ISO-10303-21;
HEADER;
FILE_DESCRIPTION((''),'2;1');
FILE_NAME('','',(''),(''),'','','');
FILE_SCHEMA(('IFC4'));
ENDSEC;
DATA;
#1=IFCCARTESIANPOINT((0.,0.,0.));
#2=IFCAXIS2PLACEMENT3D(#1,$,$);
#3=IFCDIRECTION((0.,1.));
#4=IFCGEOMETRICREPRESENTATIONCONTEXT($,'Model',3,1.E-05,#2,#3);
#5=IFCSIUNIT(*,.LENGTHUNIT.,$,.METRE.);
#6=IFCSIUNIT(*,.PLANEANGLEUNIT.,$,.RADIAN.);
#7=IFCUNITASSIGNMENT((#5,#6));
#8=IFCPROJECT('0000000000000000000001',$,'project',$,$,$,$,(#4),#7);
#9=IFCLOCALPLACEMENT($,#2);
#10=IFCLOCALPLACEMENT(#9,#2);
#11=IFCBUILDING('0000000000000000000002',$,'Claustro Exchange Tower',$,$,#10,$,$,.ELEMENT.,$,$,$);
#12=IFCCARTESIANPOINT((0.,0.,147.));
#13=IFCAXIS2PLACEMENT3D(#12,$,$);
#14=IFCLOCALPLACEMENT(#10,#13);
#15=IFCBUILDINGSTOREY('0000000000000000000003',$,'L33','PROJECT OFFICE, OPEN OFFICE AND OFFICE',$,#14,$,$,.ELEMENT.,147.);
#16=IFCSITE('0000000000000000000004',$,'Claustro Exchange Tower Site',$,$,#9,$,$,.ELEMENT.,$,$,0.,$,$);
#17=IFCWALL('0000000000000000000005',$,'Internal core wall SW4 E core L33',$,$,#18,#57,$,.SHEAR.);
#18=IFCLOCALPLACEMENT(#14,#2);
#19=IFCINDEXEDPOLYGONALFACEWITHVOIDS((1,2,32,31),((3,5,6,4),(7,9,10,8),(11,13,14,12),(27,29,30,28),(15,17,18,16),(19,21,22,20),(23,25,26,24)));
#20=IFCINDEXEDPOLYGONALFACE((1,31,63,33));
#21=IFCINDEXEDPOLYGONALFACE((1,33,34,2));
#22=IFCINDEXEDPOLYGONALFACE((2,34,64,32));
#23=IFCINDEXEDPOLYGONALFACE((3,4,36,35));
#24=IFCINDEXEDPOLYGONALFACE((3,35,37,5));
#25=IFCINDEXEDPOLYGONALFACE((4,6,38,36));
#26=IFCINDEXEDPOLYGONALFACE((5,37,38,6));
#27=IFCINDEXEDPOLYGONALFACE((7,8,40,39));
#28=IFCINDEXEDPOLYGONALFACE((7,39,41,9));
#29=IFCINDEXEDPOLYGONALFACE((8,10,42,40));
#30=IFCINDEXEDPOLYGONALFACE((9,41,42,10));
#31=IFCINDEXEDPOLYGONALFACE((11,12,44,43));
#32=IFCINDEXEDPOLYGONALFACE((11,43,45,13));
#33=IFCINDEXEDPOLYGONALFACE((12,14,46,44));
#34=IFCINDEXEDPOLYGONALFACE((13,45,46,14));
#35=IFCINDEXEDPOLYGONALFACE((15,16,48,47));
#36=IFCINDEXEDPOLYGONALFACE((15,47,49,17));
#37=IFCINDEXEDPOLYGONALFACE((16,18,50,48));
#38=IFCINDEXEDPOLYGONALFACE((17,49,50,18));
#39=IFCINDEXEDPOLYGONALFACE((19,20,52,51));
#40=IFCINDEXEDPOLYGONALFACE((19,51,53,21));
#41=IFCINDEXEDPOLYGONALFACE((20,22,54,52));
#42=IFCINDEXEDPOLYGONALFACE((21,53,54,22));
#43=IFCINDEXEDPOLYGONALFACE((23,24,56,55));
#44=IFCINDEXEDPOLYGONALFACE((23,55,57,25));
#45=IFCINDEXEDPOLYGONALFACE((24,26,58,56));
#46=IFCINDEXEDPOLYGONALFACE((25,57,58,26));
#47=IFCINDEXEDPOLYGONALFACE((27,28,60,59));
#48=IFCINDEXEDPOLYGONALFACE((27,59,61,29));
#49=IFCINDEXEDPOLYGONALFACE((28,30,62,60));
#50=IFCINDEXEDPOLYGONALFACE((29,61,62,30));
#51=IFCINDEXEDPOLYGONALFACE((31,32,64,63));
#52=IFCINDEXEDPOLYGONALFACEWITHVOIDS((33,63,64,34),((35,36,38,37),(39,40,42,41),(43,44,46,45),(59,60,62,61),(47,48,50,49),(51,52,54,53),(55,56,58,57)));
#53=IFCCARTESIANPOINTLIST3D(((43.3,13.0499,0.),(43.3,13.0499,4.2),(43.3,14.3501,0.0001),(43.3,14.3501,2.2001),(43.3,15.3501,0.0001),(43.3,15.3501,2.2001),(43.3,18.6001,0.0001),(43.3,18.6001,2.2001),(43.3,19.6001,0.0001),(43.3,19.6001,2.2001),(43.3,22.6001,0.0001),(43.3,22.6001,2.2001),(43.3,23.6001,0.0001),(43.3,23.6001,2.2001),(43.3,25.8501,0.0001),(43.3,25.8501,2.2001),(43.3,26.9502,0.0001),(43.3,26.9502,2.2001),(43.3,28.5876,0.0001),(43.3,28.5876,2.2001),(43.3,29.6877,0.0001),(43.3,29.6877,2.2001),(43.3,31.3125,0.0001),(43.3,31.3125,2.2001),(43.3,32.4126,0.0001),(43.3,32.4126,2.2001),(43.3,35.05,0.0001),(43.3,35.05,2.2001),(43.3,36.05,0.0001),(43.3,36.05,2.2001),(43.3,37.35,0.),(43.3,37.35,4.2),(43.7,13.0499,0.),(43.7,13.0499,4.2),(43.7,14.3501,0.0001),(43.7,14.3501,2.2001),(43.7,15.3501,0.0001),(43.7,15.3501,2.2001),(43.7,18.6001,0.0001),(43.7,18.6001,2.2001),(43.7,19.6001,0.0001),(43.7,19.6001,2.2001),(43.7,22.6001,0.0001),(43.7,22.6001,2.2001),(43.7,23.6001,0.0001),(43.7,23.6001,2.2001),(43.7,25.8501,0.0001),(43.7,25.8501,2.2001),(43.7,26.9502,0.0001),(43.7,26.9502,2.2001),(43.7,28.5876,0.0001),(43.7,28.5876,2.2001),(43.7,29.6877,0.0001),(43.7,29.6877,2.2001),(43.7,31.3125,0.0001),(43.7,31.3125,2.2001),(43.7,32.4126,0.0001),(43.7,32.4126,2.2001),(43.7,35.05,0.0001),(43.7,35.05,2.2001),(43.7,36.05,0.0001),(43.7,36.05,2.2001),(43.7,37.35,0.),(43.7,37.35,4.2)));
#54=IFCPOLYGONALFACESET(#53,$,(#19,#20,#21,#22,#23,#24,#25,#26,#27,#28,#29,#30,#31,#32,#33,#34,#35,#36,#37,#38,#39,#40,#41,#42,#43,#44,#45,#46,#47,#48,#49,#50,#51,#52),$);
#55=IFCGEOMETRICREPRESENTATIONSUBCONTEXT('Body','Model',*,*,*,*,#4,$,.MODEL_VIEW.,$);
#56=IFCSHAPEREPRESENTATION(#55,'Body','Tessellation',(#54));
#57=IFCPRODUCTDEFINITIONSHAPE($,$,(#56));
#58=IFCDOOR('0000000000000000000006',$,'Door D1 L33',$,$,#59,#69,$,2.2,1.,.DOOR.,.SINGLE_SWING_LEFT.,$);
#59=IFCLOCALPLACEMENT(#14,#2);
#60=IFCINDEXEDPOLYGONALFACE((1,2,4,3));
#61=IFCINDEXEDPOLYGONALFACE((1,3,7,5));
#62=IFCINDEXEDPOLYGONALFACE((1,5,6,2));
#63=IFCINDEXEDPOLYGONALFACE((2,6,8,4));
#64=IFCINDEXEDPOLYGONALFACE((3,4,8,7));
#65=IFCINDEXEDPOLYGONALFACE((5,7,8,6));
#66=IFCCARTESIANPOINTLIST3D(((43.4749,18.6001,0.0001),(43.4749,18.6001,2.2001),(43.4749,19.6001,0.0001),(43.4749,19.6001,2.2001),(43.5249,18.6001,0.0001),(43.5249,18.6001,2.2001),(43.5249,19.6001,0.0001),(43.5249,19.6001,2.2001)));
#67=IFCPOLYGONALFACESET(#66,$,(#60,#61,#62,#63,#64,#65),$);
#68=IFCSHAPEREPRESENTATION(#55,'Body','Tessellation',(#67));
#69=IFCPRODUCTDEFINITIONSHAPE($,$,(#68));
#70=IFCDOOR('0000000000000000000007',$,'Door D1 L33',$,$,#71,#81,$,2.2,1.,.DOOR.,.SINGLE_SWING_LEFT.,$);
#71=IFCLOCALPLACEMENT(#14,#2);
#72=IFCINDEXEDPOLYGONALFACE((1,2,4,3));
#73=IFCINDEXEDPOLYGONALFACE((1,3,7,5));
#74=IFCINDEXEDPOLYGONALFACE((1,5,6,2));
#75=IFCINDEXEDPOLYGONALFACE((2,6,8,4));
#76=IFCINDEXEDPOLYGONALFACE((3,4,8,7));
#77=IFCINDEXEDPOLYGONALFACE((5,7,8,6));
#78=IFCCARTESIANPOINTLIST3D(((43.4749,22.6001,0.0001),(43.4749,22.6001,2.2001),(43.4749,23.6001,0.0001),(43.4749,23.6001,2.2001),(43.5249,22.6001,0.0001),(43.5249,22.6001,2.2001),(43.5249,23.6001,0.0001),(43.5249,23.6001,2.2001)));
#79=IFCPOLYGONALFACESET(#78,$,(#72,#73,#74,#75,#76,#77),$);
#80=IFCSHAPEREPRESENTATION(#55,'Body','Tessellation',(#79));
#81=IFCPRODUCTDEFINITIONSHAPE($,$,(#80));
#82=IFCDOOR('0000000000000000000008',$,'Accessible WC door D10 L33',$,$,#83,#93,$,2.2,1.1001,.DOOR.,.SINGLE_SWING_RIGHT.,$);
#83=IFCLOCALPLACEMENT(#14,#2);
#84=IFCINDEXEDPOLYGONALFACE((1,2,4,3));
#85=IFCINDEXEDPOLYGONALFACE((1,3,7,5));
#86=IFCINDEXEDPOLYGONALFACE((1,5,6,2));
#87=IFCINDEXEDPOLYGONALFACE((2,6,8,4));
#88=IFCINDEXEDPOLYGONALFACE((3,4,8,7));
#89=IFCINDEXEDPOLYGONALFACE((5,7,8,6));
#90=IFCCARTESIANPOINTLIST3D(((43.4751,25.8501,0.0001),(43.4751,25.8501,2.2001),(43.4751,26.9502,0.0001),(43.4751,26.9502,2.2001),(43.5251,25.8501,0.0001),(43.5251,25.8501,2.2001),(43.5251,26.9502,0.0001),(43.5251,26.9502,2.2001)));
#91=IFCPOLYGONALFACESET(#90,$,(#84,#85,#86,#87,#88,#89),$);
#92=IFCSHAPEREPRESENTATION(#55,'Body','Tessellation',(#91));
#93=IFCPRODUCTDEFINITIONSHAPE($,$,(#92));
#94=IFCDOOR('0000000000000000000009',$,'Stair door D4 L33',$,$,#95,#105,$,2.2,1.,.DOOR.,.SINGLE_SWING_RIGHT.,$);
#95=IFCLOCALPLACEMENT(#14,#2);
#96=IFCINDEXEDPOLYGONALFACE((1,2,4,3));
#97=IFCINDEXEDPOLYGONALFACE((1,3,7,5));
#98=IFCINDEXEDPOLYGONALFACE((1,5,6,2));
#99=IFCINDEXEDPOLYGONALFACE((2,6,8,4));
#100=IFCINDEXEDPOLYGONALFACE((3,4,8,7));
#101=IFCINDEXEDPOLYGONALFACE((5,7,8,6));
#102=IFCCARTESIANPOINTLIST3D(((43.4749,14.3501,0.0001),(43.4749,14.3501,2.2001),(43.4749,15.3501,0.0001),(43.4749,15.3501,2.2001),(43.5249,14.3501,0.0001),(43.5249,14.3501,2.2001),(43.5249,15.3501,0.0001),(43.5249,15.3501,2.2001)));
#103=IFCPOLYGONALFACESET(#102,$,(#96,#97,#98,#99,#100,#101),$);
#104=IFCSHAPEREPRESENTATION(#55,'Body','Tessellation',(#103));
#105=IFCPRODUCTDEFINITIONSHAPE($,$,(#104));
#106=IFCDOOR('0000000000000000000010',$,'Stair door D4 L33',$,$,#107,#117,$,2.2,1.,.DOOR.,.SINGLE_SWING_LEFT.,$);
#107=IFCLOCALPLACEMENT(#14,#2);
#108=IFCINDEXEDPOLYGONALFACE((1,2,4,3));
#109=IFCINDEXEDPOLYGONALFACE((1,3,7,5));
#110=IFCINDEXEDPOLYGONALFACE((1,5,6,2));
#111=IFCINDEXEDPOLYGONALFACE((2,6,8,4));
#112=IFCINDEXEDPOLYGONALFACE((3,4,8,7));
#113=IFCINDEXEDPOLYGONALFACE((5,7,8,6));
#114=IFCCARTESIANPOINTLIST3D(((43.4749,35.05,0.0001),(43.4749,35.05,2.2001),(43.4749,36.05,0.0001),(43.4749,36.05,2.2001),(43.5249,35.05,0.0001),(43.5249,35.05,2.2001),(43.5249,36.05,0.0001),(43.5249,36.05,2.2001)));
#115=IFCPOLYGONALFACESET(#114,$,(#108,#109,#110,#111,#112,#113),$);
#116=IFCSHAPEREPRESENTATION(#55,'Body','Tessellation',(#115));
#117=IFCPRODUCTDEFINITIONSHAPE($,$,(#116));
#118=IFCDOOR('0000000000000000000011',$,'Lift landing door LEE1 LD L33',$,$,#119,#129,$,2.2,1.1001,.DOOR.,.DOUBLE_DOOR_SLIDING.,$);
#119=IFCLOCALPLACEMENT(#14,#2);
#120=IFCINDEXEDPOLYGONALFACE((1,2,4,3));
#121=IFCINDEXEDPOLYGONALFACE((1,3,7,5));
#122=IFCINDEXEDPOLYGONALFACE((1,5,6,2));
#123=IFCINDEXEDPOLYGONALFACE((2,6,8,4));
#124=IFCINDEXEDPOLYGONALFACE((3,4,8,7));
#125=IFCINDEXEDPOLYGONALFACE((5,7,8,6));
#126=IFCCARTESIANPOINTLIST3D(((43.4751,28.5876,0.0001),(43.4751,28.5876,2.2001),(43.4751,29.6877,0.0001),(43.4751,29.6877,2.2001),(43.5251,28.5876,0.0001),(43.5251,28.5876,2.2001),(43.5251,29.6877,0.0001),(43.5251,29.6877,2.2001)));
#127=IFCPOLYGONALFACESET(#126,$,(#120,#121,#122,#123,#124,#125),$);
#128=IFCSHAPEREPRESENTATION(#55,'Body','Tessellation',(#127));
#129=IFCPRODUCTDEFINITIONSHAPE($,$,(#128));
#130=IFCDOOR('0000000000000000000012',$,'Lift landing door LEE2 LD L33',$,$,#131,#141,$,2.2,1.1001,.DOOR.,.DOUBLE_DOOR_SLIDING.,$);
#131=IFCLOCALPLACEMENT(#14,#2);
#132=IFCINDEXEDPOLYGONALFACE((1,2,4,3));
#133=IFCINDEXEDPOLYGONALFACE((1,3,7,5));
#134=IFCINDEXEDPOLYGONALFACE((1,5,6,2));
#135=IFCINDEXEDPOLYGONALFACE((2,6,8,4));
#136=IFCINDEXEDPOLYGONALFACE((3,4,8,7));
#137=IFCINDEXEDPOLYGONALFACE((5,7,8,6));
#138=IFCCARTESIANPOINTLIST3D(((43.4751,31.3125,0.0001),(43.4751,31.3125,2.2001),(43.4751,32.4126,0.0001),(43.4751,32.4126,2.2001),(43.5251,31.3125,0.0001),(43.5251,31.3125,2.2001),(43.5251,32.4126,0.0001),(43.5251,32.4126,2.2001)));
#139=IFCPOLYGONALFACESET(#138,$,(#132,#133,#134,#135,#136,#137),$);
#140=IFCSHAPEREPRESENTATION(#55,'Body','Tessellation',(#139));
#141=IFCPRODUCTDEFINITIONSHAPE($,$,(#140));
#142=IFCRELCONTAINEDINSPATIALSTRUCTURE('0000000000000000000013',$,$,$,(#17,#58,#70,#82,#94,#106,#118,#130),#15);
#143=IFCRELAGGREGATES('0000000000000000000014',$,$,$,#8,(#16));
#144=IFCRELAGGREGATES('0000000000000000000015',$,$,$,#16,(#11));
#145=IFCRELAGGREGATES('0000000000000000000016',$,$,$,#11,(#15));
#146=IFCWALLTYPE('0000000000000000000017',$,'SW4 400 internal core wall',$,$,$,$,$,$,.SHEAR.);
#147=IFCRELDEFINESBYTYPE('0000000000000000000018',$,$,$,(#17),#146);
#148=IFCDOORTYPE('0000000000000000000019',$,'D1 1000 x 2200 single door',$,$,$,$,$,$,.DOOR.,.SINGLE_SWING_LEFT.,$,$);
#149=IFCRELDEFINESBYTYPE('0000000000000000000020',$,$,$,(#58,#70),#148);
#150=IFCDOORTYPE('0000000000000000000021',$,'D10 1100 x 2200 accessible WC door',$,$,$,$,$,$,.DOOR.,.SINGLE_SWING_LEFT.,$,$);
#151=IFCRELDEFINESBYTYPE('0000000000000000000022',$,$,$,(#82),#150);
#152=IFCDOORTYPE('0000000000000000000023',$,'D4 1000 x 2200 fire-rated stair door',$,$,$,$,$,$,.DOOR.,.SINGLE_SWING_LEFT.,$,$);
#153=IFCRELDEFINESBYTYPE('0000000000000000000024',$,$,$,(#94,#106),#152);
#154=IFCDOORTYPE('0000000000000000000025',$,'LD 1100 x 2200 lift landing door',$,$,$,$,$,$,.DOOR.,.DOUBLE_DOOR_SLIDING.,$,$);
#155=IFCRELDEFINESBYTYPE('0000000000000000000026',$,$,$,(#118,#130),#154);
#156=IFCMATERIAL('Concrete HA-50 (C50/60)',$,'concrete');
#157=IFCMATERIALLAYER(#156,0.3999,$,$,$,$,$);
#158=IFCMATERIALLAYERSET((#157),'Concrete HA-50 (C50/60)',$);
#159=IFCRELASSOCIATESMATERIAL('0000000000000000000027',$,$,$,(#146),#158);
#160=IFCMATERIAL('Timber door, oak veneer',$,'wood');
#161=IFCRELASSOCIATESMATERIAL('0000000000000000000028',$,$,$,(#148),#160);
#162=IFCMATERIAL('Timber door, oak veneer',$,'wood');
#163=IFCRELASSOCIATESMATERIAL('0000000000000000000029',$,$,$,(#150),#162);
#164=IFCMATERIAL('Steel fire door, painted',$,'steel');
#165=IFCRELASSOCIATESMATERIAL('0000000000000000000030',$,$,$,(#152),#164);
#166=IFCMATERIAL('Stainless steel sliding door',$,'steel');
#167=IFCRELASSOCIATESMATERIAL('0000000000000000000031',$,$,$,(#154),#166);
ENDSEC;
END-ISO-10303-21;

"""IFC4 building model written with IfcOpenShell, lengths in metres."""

from ifc_helpers import new_model, si_unit, direction, frame, frame_2d, origin, place, context, subcontext, project, spatial, rectangle, extrude, material, layer, layer_set, type_object, element, fill, save


model = new_model("IFC4")

# Units and contexts
model_context = context("Model", 3, precision=1e-05, world=origin(), true_north=direction((0.0, 1.0)))
body_context = subcontext(model_context, "Body", "Model", "MODEL_VIEW")
ifc_project = project(units=[si_unit("LENGTHUNIT", "METRE"), si_unit("PLANEANGLEUNIT", "RADIAN")], contexts=[model_context])

# Site, building, storey
site_placement = place(None, origin())
site = spatial("IfcSite", under=ifc_project, at=site_placement, Name="Claustro Exchange Tower Site", CompositionType="ELEMENT", RefElevation=0.0)
building_placement = place(site_placement, origin())
building = spatial("IfcBuilding", under=site, at=building_placement, Name="Claustro Exchange Tower", CompositionType="ELEMENT")
storey_placement = place(building_placement, frame((0.0, 0.0, 147.0)))
storey = spatial("IfcBuildingStorey", under=building, at=storey_placement, Name="L33", Description="PROJECT OFFICE, OPEN OFFICE AND OFFICE", CompositionType="ELEMENT", Elevation=147.0)

# Wall, openings, doors
ifc_material_1 = material(Name="Concrete HA-50 (C50/60)", Category="concrete")
ifc_layer_1 = layer(ifc_material_1, 0.3999)
ifc_layer_set_1 = layer_set([ifc_layer_1], Name="Concrete HA-50 (C50/60)")
wall_type_1 = type_object("IfcWallType", Name="SW4 400 internal core wall", PredefinedType="SHEAR", material=ifc_layer_set_1)
wall_1_placement = place(storey_placement, frame((43.5, 13.05, 0.0), z_axis=(0.0, 0.0, 1.0), x_axis=(0.0, 1.0, 0.0)))
wall_1 = element("IfcWall", 1, at=wall_1_placement, inside=storey, type_object=wall_type_1, Name="Internal core wall SW4 E core L33", PredefinedType="SHEAR", context=body_context, shape_type="SweptSolid", body=[
    extrude(rectangle(XDim=24.3, YDim=0.3999, at=frame_2d((12.1499, 0.0))), origin(), (0.0, 0.0, 1.0), 4.2),
])
opening_1_placement = place(wall_1_placement, frame((1.3, 0.0, 0.0)))
opening_1 = element("IfcOpeningElement", 2, at=opening_1_placement, cuts=wall_1, PredefinedType="OPENING", context=body_context, shape_type="SweptSolid", body=[
    extrude(rectangle(XDim=1.0, YDim=2.2, at=frame_2d((0.5, 1.1001))), frame((0.0, 0.21, 0.0), z_axis=(0.0, -1.0, 0.0), x_axis=(1.0, 0.0, 0.0)), (0.0, 0.0, 1.0), 0.4199),
])
opening_2_placement = place(wall_1_placement, frame((22.0, 0.0, 0.0)))
opening_2 = element("IfcOpeningElement", 3, at=opening_2_placement, cuts=wall_1, PredefinedType="OPENING", context=body_context, shape_type="SweptSolid", body=[
    extrude(rectangle(XDim=1.0, YDim=2.2, at=frame_2d((0.5, 1.1001))), frame((0.0, 0.21, 0.0), z_axis=(0.0, -1.0, 0.0), x_axis=(1.0, 0.0, 0.0)), (0.0, 0.0, 1.0), 0.4199),
])
opening_3_placement = place(wall_1_placement, frame((5.55, 0.0, 0.0)))
opening_3 = element("IfcOpeningElement", 4, at=opening_3_placement, cuts=wall_1, PredefinedType="OPENING", context=body_context, shape_type="SweptSolid", body=[
    extrude(rectangle(XDim=1.0, YDim=2.2, at=frame_2d((0.5, 1.1001))), frame((0.0, 0.21, 0.0), z_axis=(0.0, -1.0, 0.0), x_axis=(1.0, 0.0, 0.0)), (0.0, 0.0, 1.0), 0.4199),
])
opening_4_placement = place(wall_1_placement, frame((9.55, 0.0, 0.0)))
opening_4 = element("IfcOpeningElement", 5, at=opening_4_placement, cuts=wall_1, PredefinedType="OPENING", context=body_context, shape_type="SweptSolid", body=[
    extrude(rectangle(XDim=1.0, YDim=2.2, at=frame_2d((0.5, 1.1001))), frame((0.0, 0.21, 0.0), z_axis=(0.0, -1.0, 0.0), x_axis=(1.0, 0.0, 0.0)), (0.0, 0.0, 1.0), 0.4199),
])
opening_5_placement = place(wall_1_placement, frame((12.8, 0.0, 0.0)))
opening_5 = element("IfcOpeningElement", 6, at=opening_5_placement, cuts=wall_1, PredefinedType="OPENING", context=body_context, shape_type="SweptSolid", body=[
    extrude(rectangle(XDim=1.1001, YDim=2.2, at=frame_2d((0.55, 1.1001))), frame((0.0, 0.21, 0.0), z_axis=(0.0, -1.0, 0.0), x_axis=(1.0, 0.0, 0.0)), (0.0, 0.0, 1.0), 0.4199),
])
opening_6_placement = place(wall_1_placement, frame((15.5376, 0.0, 0.0)))
opening_6 = element("IfcOpeningElement", 7, at=opening_6_placement, cuts=wall_1, PredefinedType="OPENING", context=body_context, shape_type="SweptSolid", body=[
    extrude(rectangle(XDim=1.1001, YDim=2.2, at=frame_2d((0.55, 1.1001))), frame((0.0, 0.21, 0.0), z_axis=(0.0, -1.0, 0.0), x_axis=(1.0, 0.0, 0.0)), (0.0, 0.0, 1.0), 0.4199),
])
opening_7_placement = place(wall_1_placement, frame((18.2625, 0.0, 0.0)))
opening_7 = element("IfcOpeningElement", 8, at=opening_7_placement, cuts=wall_1, PredefinedType="OPENING", context=body_context, shape_type="SweptSolid", body=[
    extrude(rectangle(XDim=1.1001, YDim=2.2, at=frame_2d((0.55, 1.1001))), frame((0.0, 0.21, 0.0), z_axis=(0.0, -1.0, 0.0), x_axis=(1.0, 0.0, 0.0)), (0.0, 0.0, 1.0), 0.4199),
])
ifc_material_2 = material(Name="Timber door, oak veneer", Category="wood")
door_type_1 = type_object("IfcDoorType", Name="D1 1000 x 2200 single door", OperationType="SINGLE_SWING_LEFT", PredefinedType="DOOR", material=ifc_material_2)
door_1_placement = place(opening_3_placement, frame((1.0, 0.0, 0.0), z_axis=(0.0, 0.0, 1.0), x_axis=(-1.0, 0.0, 0.0)))
door_1 = element("IfcDoor", 9, at=door_1_placement, inside=storey, type_object=door_type_1, Name="Door D1 L33", OperationType="SINGLE_SWING_LEFT", OverallHeight=2.2, OverallWidth=1.0, PredefinedType="DOOR", context=body_context, shape_type="SweptSolid", body=[
    extrude(rectangle(XDim=1.0, YDim=2.2, at=frame_2d((0.5, 1.1001))), frame((0.0, 0.0249, 0.0), z_axis=(0.0, -1.0, 0.0), x_axis=(1.0, 0.0, 0.0)), (0.0, 0.0, 1.0), 0.05),
])
fill(opening_3, door_1)
door_2_placement = place(opening_4_placement, frame((1.0, 0.0, 0.0), z_axis=(0.0, 0.0, 1.0), x_axis=(-1.0, 0.0, 0.0)))
door_2 = element("IfcDoor", 10, at=door_2_placement, inside=storey, type_object=door_type_1, Name="Door D1 L33", OperationType="SINGLE_SWING_LEFT", OverallHeight=2.2, OverallWidth=1.0, PredefinedType="DOOR", context=body_context, shape_type="SweptSolid", body=[
    extrude(rectangle(XDim=1.0, YDim=2.2, at=frame_2d((0.5, 1.1001))), frame((0.0, 0.0249, 0.0), z_axis=(0.0, -1.0, 0.0), x_axis=(1.0, 0.0, 0.0)), (0.0, 0.0, 1.0), 0.05),
])
fill(opening_4, door_2)
ifc_material_3 = material(Name="Timber door, oak veneer", Category="wood")
door_type_2 = type_object("IfcDoorType", Name="D10 1100 x 2200 accessible WC door", OperationType="SINGLE_SWING_LEFT", PredefinedType="DOOR", material=ifc_material_3)
door_3_placement = place(opening_5_placement, origin())
door_3 = element("IfcDoor", 11, at=door_3_placement, inside=storey, type_object=door_type_2, Name="Accessible WC door D10 L33", OperationType="SINGLE_SWING_RIGHT", OverallHeight=2.2, OverallWidth=1.1001, PredefinedType="DOOR", context=body_context, shape_type="SweptSolid", body=[
    extrude(rectangle(XDim=1.1001, YDim=2.2, at=frame_2d((0.55, 1.1001))), frame((0.0, 0.0249, 0.0), z_axis=(0.0, -1.0, 0.0), x_axis=(1.0, 0.0, 0.0)), (0.0, 0.0, 1.0), 0.05),
])
fill(opening_5, door_3)
ifc_material_4 = material(Name="Steel fire door, painted", Category="steel")
door_type_3 = type_object("IfcDoorType", Name="D4 1000 x 2200 fire-rated stair door", OperationType="SINGLE_SWING_LEFT", PredefinedType="DOOR", material=ifc_material_4)
door_4_placement = place(opening_1_placement, frame((1.0, 0.0, 0.0), z_axis=(0.0, 0.0, 1.0), x_axis=(-1.0, 0.0, 0.0)))
door_4 = element("IfcDoor", 12, at=door_4_placement, inside=storey, type_object=door_type_3, Name="Stair door D4 L33", OperationType="SINGLE_SWING_RIGHT", OverallHeight=2.2, OverallWidth=1.0, PredefinedType="DOOR", context=body_context, shape_type="SweptSolid", body=[
    extrude(rectangle(XDim=1.0, YDim=2.2, at=frame_2d((0.5, 1.1001))), frame((0.0, 0.0249, 0.0), z_axis=(0.0, -1.0, 0.0), x_axis=(1.0, 0.0, 0.0)), (0.0, 0.0, 1.0), 0.05),
])
fill(opening_1, door_4)
door_5_placement = place(opening_2_placement, frame((1.0, 0.0, 0.0), z_axis=(0.0, 0.0, 1.0), x_axis=(-1.0, 0.0, 0.0)))
door_5 = element("IfcDoor", 13, at=door_5_placement, inside=storey, type_object=door_type_3, Name="Stair door D4 L33", OperationType="SINGLE_SWING_LEFT", OverallHeight=2.2, OverallWidth=1.0, PredefinedType="DOOR", context=body_context, shape_type="SweptSolid", body=[
    extrude(rectangle(XDim=1.0, YDim=2.2, at=frame_2d((0.5, 1.1001))), frame((0.0, 0.0249, 0.0), z_axis=(0.0, -1.0, 0.0), x_axis=(1.0, 0.0, 0.0)), (0.0, 0.0, 1.0), 0.05),
])
fill(opening_2, door_5)
ifc_material_5 = material(Name="Stainless steel sliding door", Category="steel")
door_type_4 = type_object("IfcDoorType", Name="LD 1100 x 2200 lift landing door", OperationType="DOUBLE_DOOR_SLIDING", PredefinedType="DOOR", material=ifc_material_5)
door_6_placement = place(opening_6_placement, origin())
door_6 = element("IfcDoor", 14, at=door_6_placement, inside=storey, type_object=door_type_4, Name="Lift landing door LEE1 LD L33", OperationType="DOUBLE_DOOR_SLIDING", OverallHeight=2.2, OverallWidth=1.1001, PredefinedType="DOOR", context=body_context, shape_type="SweptSolid", body=[
    extrude(rectangle(XDim=1.1001, YDim=2.2, at=frame_2d((0.55, 1.1001))), frame((0.0, 0.0249, 0.0), z_axis=(0.0, -1.0, 0.0), x_axis=(1.0, 0.0, 0.0)), (0.0, 0.0, 1.0), 0.05),
])
fill(opening_6, door_6)
door_7_placement = place(opening_7_placement, origin())
door_7 = element("IfcDoor", 15, at=door_7_placement, inside=storey, type_object=door_type_4, Name="Lift landing door LEE2 LD L33", OperationType="DOUBLE_DOOR_SLIDING", OverallHeight=2.2, OverallWidth=1.1001, PredefinedType="DOOR", context=body_context, shape_type="SweptSolid", body=[
    extrude(rectangle(XDim=1.1001, YDim=2.2, at=frame_2d((0.55, 1.1001))), frame((0.0, 0.0249, 0.0), z_axis=(0.0, -1.0, 0.0), x_axis=(1.0, 0.0, 0.0)), (0.0, 0.0, 1.0), 0.05),
])
fill(opening_7, door_7)

save(model, "model.ifc")
